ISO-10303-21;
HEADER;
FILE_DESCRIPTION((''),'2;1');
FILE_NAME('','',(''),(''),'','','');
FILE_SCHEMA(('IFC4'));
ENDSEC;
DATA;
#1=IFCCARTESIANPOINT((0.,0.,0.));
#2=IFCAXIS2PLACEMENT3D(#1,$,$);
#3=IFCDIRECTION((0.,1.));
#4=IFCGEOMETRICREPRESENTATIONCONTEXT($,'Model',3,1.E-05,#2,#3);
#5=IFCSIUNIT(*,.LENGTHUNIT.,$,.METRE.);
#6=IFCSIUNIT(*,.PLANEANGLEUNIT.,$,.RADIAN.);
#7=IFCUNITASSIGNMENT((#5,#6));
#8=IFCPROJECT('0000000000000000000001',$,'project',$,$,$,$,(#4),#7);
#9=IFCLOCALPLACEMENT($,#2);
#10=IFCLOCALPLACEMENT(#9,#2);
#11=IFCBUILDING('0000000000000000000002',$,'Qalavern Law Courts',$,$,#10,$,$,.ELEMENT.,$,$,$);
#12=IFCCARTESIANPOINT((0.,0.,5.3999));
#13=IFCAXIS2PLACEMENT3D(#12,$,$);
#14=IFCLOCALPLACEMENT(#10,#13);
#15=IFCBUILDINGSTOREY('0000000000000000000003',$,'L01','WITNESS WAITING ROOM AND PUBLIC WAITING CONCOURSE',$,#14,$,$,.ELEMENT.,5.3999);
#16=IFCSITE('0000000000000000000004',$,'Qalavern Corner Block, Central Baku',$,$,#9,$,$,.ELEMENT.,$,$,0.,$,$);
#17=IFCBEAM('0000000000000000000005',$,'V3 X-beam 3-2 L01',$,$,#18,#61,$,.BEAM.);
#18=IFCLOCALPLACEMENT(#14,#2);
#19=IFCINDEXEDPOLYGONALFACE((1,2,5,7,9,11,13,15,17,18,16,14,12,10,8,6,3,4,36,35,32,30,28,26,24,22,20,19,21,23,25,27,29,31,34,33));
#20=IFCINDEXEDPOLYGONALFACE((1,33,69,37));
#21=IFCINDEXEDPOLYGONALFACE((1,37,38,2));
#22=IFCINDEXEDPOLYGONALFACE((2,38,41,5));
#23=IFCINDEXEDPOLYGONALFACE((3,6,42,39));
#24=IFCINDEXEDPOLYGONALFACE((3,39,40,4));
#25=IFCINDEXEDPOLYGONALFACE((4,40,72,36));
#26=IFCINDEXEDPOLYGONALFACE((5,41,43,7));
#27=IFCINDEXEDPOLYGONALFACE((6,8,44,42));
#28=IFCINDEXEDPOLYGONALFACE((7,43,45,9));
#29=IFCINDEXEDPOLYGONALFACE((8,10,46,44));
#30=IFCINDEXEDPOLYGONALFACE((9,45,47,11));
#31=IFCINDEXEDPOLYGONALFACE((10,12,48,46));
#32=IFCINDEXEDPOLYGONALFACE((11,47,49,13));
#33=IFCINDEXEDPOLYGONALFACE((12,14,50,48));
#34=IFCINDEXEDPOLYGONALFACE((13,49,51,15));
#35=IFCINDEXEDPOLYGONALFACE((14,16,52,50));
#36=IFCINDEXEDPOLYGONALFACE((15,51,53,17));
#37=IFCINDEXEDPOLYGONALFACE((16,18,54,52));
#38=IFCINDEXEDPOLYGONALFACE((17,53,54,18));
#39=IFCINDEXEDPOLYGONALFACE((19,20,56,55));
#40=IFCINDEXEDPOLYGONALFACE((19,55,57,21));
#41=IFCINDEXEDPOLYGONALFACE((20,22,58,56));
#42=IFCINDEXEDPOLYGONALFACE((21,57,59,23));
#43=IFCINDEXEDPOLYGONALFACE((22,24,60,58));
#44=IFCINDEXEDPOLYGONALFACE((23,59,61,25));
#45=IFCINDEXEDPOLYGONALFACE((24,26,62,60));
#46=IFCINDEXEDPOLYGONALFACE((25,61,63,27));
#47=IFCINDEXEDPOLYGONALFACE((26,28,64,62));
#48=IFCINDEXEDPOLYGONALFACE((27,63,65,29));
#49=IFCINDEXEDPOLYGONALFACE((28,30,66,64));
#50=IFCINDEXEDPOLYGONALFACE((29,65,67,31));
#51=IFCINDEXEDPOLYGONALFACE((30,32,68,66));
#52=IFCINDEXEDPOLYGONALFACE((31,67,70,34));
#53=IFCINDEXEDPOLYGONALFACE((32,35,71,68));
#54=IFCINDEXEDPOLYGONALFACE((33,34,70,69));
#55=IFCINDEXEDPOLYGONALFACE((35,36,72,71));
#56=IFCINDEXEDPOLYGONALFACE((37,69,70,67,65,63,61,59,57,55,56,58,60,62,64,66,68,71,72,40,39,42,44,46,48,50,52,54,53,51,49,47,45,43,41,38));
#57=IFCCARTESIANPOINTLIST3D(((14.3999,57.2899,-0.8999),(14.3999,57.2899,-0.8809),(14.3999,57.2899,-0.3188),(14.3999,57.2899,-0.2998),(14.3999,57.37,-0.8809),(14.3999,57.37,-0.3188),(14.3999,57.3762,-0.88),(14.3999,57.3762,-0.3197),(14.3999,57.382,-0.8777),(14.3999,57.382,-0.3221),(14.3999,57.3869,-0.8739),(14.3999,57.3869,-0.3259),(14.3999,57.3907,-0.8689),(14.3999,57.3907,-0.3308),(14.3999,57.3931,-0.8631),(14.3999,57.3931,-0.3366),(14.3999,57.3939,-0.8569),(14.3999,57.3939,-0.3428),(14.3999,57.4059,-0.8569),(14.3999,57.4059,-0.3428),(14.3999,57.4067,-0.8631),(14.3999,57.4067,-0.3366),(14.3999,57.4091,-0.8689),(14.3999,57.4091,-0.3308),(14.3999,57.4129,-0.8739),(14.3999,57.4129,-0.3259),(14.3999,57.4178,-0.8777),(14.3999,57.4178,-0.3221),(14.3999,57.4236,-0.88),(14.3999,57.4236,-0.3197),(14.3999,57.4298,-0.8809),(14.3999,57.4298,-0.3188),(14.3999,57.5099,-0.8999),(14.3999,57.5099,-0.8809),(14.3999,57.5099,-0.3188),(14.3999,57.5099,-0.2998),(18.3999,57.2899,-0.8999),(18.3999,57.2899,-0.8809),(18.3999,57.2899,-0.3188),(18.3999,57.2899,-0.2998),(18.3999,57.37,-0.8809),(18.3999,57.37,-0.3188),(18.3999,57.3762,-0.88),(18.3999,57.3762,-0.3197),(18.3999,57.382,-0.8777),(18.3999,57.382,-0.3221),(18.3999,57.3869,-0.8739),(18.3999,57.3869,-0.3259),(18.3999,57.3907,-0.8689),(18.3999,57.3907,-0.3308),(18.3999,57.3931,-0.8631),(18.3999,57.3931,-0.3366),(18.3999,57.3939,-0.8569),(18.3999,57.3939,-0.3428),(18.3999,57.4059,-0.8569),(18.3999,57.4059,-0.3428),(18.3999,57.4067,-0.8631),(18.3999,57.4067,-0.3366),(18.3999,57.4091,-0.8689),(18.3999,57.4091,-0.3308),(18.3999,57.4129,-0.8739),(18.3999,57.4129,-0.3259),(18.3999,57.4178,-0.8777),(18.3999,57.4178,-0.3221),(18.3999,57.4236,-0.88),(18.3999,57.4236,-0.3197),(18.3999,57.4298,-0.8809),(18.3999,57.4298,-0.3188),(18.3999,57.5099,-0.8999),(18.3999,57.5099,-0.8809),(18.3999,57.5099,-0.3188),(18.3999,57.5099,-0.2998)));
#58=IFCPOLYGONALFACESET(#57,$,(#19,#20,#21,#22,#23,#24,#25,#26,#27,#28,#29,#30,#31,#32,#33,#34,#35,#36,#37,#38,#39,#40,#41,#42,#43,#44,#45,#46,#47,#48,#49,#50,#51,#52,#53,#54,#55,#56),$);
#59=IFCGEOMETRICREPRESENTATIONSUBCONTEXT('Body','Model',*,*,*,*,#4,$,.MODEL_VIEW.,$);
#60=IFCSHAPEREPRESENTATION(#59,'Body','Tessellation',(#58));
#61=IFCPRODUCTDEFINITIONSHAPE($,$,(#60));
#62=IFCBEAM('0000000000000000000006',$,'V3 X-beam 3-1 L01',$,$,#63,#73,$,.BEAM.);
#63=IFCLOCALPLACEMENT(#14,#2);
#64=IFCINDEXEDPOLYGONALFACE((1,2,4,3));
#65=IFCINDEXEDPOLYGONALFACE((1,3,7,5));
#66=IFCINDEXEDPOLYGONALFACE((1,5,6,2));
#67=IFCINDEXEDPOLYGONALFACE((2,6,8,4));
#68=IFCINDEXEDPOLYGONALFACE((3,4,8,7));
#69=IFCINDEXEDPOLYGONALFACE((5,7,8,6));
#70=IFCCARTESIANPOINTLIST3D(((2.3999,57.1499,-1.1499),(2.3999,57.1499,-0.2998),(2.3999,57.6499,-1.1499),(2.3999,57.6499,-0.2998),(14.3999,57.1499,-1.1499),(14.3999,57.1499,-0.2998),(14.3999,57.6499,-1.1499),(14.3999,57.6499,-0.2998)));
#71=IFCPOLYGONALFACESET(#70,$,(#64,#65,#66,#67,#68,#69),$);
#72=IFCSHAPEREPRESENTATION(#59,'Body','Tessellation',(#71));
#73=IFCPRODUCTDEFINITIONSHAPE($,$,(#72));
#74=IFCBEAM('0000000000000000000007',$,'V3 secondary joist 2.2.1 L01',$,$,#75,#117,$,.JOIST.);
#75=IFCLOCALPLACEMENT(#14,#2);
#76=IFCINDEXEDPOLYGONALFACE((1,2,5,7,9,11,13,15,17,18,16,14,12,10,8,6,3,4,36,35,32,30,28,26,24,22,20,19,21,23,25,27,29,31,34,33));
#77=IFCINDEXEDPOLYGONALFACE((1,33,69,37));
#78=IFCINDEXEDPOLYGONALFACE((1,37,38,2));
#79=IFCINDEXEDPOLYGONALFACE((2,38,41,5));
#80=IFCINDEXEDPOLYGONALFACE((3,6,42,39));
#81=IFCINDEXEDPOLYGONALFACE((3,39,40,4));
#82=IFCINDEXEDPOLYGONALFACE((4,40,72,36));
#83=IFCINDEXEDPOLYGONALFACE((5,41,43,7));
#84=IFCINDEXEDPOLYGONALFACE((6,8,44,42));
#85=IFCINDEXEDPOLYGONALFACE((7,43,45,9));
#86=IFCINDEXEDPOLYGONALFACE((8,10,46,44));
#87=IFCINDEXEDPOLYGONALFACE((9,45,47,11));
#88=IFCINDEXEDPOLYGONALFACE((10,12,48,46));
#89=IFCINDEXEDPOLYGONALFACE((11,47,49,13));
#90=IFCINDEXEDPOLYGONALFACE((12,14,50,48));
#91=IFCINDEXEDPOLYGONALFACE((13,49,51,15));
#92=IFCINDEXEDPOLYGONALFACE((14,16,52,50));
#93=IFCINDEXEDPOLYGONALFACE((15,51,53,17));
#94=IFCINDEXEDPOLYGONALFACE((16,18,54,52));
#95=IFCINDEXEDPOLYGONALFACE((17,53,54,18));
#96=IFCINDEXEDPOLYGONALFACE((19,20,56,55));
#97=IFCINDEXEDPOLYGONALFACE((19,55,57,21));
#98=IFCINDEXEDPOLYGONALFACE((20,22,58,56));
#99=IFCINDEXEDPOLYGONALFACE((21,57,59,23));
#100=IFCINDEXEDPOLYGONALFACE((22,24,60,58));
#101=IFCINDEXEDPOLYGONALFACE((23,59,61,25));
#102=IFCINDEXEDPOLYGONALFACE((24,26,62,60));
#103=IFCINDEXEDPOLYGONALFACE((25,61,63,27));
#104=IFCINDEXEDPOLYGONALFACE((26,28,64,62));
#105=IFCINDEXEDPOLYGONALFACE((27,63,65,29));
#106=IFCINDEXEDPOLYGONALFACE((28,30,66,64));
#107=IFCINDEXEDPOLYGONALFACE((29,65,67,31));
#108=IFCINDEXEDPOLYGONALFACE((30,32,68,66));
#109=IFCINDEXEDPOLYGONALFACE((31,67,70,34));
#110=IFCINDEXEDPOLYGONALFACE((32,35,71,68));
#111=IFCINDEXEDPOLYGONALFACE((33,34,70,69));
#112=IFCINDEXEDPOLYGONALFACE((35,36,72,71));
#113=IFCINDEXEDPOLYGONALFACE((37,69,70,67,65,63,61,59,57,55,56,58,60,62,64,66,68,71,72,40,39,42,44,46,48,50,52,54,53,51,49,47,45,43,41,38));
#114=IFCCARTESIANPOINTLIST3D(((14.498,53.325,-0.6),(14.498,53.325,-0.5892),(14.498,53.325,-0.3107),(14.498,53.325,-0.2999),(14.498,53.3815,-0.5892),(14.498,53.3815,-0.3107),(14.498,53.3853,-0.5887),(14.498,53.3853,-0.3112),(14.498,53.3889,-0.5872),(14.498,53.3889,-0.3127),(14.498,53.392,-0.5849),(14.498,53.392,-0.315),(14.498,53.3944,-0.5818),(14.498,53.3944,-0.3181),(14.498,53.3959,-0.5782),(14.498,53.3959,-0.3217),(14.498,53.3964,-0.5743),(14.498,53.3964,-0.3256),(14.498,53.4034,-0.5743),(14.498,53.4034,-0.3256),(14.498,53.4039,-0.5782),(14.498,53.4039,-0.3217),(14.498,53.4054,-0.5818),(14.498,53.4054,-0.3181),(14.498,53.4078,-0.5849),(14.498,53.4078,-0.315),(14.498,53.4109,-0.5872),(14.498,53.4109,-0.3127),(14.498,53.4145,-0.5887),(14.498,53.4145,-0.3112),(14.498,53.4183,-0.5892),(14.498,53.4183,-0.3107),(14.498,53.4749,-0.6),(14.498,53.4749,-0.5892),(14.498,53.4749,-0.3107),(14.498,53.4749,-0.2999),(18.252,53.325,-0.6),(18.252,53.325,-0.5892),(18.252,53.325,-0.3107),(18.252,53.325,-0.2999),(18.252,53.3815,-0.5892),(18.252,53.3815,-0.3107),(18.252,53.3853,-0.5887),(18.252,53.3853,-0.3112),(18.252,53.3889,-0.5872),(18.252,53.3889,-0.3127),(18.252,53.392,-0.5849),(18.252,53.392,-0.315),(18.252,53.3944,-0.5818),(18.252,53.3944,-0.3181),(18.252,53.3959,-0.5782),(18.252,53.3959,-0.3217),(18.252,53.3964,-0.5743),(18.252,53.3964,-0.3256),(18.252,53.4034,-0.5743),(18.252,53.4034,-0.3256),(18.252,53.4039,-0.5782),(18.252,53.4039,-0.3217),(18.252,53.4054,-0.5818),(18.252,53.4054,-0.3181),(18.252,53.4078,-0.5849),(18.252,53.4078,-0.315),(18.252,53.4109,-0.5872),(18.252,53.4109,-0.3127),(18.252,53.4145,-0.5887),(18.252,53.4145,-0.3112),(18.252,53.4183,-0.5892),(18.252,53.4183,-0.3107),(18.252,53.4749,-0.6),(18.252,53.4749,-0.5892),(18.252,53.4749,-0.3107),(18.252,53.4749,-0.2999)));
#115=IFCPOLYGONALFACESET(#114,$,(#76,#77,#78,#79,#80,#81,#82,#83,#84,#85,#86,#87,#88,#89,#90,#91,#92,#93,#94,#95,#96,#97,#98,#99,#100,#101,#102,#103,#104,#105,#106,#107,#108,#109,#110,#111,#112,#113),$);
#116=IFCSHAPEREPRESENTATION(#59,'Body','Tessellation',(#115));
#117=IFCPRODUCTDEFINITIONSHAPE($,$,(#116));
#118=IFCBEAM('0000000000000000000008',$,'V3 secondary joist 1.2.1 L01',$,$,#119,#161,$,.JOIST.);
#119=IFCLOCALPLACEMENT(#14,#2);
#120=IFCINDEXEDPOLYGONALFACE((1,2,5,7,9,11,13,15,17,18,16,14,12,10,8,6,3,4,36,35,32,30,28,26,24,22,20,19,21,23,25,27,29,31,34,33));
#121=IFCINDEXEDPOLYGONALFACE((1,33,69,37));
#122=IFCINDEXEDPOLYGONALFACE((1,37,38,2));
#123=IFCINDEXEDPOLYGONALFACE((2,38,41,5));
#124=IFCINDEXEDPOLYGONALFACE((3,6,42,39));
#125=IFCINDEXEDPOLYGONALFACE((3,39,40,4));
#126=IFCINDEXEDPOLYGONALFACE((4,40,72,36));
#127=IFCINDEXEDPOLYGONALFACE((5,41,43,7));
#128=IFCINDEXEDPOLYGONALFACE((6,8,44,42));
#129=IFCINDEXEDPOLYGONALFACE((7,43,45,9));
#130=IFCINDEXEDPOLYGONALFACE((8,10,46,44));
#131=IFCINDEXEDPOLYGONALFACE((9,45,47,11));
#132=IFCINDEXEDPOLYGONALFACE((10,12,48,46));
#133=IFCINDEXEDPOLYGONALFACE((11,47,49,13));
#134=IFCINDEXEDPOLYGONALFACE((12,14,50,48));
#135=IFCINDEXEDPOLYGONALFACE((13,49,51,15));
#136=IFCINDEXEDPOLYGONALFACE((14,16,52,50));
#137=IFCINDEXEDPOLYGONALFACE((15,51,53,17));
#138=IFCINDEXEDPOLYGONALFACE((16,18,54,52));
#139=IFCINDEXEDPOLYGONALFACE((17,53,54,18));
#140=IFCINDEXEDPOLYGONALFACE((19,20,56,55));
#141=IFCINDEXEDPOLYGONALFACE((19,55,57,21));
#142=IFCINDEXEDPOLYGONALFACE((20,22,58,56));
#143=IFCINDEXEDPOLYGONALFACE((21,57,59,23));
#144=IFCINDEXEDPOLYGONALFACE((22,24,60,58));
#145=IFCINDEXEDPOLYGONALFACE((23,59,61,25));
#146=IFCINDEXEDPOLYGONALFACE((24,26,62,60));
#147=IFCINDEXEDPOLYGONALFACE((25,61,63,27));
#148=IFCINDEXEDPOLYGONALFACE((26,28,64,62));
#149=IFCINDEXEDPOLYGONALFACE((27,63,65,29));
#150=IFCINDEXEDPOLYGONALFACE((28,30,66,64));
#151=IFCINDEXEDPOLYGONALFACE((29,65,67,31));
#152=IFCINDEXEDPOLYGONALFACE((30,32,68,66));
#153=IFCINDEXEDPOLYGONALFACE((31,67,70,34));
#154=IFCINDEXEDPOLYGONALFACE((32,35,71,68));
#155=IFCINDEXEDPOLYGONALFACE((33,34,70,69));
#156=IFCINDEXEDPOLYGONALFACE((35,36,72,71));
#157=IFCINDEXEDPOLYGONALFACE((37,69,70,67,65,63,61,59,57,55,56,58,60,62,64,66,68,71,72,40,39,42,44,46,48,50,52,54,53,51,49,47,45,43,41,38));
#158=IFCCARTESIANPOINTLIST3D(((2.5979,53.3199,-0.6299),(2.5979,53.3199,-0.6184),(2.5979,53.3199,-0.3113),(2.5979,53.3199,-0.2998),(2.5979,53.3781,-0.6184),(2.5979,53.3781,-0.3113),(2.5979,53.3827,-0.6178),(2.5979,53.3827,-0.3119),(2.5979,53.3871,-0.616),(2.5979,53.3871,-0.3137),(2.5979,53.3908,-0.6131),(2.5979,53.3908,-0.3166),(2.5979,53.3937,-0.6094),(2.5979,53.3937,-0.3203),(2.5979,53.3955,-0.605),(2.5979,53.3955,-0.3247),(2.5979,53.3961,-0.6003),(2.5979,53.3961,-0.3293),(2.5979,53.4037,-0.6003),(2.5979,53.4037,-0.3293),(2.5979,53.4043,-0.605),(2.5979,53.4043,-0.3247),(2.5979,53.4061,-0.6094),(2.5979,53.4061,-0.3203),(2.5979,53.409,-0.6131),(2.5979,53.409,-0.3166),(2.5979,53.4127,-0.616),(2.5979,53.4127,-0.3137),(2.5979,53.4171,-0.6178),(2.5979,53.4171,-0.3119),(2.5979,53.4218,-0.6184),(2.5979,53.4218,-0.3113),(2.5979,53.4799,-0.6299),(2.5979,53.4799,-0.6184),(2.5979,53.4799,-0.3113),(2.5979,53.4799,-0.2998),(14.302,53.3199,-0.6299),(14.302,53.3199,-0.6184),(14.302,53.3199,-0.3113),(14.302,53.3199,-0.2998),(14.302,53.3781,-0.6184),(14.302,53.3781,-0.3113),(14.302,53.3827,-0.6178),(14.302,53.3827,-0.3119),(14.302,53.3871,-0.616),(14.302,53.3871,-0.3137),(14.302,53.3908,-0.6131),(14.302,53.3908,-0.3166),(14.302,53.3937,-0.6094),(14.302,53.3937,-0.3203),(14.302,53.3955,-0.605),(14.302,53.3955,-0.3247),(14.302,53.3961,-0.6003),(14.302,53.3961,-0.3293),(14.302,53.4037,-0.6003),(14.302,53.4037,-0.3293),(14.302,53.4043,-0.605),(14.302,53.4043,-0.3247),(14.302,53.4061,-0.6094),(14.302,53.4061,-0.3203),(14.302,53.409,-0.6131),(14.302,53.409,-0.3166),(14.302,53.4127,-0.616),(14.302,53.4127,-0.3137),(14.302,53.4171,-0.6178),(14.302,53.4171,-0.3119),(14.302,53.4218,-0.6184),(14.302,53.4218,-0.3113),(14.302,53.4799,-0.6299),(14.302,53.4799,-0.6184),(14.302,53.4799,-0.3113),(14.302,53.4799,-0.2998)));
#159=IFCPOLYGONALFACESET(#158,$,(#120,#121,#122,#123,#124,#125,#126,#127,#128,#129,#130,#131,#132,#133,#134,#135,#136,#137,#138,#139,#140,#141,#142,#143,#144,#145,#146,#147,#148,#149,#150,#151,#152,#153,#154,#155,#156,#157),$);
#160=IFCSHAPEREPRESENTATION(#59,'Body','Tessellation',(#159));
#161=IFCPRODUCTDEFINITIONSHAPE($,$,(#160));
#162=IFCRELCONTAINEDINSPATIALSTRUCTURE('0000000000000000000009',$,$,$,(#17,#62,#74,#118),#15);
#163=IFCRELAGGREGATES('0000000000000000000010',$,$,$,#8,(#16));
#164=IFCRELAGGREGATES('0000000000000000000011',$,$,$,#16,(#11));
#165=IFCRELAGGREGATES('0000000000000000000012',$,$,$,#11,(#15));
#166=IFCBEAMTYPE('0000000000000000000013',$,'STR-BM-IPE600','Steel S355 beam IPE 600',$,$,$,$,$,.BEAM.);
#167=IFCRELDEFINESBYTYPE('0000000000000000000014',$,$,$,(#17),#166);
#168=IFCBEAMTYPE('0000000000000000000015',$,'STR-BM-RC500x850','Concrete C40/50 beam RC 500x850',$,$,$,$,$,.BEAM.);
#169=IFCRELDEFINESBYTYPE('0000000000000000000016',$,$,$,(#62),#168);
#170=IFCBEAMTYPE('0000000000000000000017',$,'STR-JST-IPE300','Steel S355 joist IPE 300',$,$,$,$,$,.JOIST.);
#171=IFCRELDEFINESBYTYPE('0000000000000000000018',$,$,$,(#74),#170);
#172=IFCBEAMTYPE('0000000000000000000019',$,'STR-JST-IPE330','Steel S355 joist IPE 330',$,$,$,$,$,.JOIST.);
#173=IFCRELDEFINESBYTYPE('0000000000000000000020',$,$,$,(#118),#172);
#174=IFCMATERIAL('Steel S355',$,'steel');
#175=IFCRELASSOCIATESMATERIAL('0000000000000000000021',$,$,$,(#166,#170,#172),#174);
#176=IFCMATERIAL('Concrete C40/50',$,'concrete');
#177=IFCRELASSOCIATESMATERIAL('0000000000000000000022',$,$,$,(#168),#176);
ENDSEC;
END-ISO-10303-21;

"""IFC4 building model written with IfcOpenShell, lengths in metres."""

from ifc_helpers import new_model, si_unit, direction, frame, origin, origin_2d, place, context, subcontext, project, spatial, rectangle, i_section, extrude, material, material_profile, profile_set, type_object, element, save


model = new_model("IFC4")

# Units and contexts
model_context = context("Model", 3, precision=1e-05, world=origin(), true_north=direction((0.0, 1.0)))
body_context = subcontext(model_context, "Body", "Model", "MODEL_VIEW")
ifc_project = project(units=[si_unit("LENGTHUNIT", "METRE"), si_unit("PLANEANGLEUNIT", "RADIAN")], contexts=[model_context])

# Site, building, storey
site_placement = place(None, origin())
site = spatial("IfcSite", under=ifc_project, at=site_placement, Name="Qalavern Corner Block, Central Baku", CompositionType="ELEMENT", RefElevation=0.0)
building_placement = place(site_placement, origin())
building = spatial("IfcBuilding", under=site, at=building_placement, Name="Qalavern Law Courts", CompositionType="ELEMENT")
storey_placement = place(building_placement, frame((0.0, 0.0, 5.3999)))
storey = spatial("IfcBuildingStorey", under=building, at=storey_placement, Name="L01", Description="WITNESS WAITING ROOM AND PUBLIC WAITING CONCOURSE", CompositionType="ELEMENT", Elevation=5.3999)

# Beams
ifc_material_1 = material(Name="Steel S355", Category="steel")
ifc_material_profile_1 = material_profile(ifc_material_1, i_section(OverallWidth=0.22, OverallDepth=0.6001, WebThickness=0.012, FlangeThickness=0.019, FilletRadius=0.0239, at=origin_2d()), Name="IPE 600")
ifc_profile_set_1 = profile_set([ifc_material_profile_1], Name="Steel S355")
beam_type_1 = type_object("IfcBeamType", Name="STR-BM-IPE600", Description="Steel S355 beam IPE 600", PredefinedType="BEAM", material=ifc_profile_set_1)
beam_1_placement = place(storey_placement, frame((14.3999, 57.3999, -0.5999), z_axis=(1.0, 0.0, 0.0), x_axis=(0.0, 1.0, 0.0)))
element("IfcBeam", 1, at=beam_1_placement, inside=storey, type_object=beam_type_1, Name="V3 X-beam 3-2 L01", PredefinedType="BEAM", context=body_context, shape_type="SweptSolid", body=[
    extrude(i_section(OverallWidth=0.22, OverallDepth=0.6001, WebThickness=0.012, FlangeThickness=0.019, FilletRadius=0.0239, at=origin_2d()), origin(), (0.0, 0.0, 1.0), 4.0),
])
ifc_material_2 = material(Name="Concrete C40/50", Category="concrete")
ifc_material_profile_2 = material_profile(ifc_material_2, rectangle(XDim=0.5, YDim=0.8501, at=origin_2d()), Name="RC 500x850")
ifc_profile_set_2 = profile_set([ifc_material_profile_2], Name="Concrete C40/50")
beam_type_2 = type_object("IfcBeamType", Name="STR-BM-RC500x850", Description="Concrete C40/50 beam RC 500x850", PredefinedType="BEAM", material=ifc_profile_set_2)
beam_2_placement = place(storey_placement, frame((2.3999, 57.3999, -0.7249), z_axis=(1.0, 0.0, 0.0), x_axis=(0.0, 1.0, 0.0)))
element("IfcBeam", 2, at=beam_2_placement, inside=storey, type_object=beam_type_2, Name="V3 X-beam 3-1 L01", PredefinedType="BEAM", context=body_context, shape_type="SweptSolid", body=[
    extrude(rectangle(XDim=0.5, YDim=0.8501, at=origin_2d()), origin(), (0.0, 0.0, 1.0), 12.0),
])
ifc_material_profile_3 = material_profile(ifc_material_1, i_section(OverallWidth=0.1499, OverallDepth=0.3, WebThickness=0.0071, FlangeThickness=0.0107, FilletRadius=0.0149, at=origin_2d()), Name="IPE 300")
ifc_profile_set_3 = profile_set([ifc_material_profile_3], Name="Steel S355")
beam_type_3 = type_object("IfcBeamType", Name="STR-JST-IPE300", Description="Steel S355 joist IPE 300", PredefinedType="JOIST", material=ifc_profile_set_3)
beam_3_placement = place(storey_placement, frame((14.498, 53.3999, -0.45), z_axis=(1.0, 0.0, 0.0), x_axis=(0.0, 1.0, 0.0)))
element("IfcBeam", 3, at=beam_3_placement, inside=storey, type_object=beam_type_3, Name="V3 secondary joist 2.2.1 L01", PredefinedType="JOIST", context=body_context, shape_type="SweptSolid", body=[
    extrude(i_section(OverallWidth=0.1499, OverallDepth=0.3, WebThickness=0.0071, FlangeThickness=0.0107, FilletRadius=0.0149, at=origin_2d()), origin(), (0.0, 0.0, 1.0), 3.7539),
])
ifc_material_profile_4 = material_profile(ifc_material_1, i_section(OverallWidth=0.1599, OverallDepth=0.3301, WebThickness=0.0076, FlangeThickness=0.0115, FilletRadius=0.0181, at=origin_2d()), Name="IPE 330")
ifc_profile_set_4 = profile_set([ifc_material_profile_4], Name="Steel S355")
beam_type_4 = type_object("IfcBeamType", Name="STR-JST-IPE330", Description="Steel S355 joist IPE 330", PredefinedType="JOIST", material=ifc_profile_set_4)
beam_4_placement = place(storey_placement, frame((2.5979, 53.3999, -0.4648), z_axis=(1.0, 0.0, 0.0), x_axis=(0.0, 1.0, 0.0)))
element("IfcBeam", 4, at=beam_4_placement, inside=storey, type_object=beam_type_4, Name="V3 secondary joist 1.2.1 L01", PredefinedType="JOIST", context=body_context, shape_type="SweptSolid", body=[
    extrude(i_section(OverallWidth=0.1599, OverallDepth=0.3301, WebThickness=0.0076, FlangeThickness=0.0115, FilletRadius=0.0181, at=origin_2d()), origin(), (0.0, 0.0, 1.0), 11.7041),
])

save(model, "model.ifc")
